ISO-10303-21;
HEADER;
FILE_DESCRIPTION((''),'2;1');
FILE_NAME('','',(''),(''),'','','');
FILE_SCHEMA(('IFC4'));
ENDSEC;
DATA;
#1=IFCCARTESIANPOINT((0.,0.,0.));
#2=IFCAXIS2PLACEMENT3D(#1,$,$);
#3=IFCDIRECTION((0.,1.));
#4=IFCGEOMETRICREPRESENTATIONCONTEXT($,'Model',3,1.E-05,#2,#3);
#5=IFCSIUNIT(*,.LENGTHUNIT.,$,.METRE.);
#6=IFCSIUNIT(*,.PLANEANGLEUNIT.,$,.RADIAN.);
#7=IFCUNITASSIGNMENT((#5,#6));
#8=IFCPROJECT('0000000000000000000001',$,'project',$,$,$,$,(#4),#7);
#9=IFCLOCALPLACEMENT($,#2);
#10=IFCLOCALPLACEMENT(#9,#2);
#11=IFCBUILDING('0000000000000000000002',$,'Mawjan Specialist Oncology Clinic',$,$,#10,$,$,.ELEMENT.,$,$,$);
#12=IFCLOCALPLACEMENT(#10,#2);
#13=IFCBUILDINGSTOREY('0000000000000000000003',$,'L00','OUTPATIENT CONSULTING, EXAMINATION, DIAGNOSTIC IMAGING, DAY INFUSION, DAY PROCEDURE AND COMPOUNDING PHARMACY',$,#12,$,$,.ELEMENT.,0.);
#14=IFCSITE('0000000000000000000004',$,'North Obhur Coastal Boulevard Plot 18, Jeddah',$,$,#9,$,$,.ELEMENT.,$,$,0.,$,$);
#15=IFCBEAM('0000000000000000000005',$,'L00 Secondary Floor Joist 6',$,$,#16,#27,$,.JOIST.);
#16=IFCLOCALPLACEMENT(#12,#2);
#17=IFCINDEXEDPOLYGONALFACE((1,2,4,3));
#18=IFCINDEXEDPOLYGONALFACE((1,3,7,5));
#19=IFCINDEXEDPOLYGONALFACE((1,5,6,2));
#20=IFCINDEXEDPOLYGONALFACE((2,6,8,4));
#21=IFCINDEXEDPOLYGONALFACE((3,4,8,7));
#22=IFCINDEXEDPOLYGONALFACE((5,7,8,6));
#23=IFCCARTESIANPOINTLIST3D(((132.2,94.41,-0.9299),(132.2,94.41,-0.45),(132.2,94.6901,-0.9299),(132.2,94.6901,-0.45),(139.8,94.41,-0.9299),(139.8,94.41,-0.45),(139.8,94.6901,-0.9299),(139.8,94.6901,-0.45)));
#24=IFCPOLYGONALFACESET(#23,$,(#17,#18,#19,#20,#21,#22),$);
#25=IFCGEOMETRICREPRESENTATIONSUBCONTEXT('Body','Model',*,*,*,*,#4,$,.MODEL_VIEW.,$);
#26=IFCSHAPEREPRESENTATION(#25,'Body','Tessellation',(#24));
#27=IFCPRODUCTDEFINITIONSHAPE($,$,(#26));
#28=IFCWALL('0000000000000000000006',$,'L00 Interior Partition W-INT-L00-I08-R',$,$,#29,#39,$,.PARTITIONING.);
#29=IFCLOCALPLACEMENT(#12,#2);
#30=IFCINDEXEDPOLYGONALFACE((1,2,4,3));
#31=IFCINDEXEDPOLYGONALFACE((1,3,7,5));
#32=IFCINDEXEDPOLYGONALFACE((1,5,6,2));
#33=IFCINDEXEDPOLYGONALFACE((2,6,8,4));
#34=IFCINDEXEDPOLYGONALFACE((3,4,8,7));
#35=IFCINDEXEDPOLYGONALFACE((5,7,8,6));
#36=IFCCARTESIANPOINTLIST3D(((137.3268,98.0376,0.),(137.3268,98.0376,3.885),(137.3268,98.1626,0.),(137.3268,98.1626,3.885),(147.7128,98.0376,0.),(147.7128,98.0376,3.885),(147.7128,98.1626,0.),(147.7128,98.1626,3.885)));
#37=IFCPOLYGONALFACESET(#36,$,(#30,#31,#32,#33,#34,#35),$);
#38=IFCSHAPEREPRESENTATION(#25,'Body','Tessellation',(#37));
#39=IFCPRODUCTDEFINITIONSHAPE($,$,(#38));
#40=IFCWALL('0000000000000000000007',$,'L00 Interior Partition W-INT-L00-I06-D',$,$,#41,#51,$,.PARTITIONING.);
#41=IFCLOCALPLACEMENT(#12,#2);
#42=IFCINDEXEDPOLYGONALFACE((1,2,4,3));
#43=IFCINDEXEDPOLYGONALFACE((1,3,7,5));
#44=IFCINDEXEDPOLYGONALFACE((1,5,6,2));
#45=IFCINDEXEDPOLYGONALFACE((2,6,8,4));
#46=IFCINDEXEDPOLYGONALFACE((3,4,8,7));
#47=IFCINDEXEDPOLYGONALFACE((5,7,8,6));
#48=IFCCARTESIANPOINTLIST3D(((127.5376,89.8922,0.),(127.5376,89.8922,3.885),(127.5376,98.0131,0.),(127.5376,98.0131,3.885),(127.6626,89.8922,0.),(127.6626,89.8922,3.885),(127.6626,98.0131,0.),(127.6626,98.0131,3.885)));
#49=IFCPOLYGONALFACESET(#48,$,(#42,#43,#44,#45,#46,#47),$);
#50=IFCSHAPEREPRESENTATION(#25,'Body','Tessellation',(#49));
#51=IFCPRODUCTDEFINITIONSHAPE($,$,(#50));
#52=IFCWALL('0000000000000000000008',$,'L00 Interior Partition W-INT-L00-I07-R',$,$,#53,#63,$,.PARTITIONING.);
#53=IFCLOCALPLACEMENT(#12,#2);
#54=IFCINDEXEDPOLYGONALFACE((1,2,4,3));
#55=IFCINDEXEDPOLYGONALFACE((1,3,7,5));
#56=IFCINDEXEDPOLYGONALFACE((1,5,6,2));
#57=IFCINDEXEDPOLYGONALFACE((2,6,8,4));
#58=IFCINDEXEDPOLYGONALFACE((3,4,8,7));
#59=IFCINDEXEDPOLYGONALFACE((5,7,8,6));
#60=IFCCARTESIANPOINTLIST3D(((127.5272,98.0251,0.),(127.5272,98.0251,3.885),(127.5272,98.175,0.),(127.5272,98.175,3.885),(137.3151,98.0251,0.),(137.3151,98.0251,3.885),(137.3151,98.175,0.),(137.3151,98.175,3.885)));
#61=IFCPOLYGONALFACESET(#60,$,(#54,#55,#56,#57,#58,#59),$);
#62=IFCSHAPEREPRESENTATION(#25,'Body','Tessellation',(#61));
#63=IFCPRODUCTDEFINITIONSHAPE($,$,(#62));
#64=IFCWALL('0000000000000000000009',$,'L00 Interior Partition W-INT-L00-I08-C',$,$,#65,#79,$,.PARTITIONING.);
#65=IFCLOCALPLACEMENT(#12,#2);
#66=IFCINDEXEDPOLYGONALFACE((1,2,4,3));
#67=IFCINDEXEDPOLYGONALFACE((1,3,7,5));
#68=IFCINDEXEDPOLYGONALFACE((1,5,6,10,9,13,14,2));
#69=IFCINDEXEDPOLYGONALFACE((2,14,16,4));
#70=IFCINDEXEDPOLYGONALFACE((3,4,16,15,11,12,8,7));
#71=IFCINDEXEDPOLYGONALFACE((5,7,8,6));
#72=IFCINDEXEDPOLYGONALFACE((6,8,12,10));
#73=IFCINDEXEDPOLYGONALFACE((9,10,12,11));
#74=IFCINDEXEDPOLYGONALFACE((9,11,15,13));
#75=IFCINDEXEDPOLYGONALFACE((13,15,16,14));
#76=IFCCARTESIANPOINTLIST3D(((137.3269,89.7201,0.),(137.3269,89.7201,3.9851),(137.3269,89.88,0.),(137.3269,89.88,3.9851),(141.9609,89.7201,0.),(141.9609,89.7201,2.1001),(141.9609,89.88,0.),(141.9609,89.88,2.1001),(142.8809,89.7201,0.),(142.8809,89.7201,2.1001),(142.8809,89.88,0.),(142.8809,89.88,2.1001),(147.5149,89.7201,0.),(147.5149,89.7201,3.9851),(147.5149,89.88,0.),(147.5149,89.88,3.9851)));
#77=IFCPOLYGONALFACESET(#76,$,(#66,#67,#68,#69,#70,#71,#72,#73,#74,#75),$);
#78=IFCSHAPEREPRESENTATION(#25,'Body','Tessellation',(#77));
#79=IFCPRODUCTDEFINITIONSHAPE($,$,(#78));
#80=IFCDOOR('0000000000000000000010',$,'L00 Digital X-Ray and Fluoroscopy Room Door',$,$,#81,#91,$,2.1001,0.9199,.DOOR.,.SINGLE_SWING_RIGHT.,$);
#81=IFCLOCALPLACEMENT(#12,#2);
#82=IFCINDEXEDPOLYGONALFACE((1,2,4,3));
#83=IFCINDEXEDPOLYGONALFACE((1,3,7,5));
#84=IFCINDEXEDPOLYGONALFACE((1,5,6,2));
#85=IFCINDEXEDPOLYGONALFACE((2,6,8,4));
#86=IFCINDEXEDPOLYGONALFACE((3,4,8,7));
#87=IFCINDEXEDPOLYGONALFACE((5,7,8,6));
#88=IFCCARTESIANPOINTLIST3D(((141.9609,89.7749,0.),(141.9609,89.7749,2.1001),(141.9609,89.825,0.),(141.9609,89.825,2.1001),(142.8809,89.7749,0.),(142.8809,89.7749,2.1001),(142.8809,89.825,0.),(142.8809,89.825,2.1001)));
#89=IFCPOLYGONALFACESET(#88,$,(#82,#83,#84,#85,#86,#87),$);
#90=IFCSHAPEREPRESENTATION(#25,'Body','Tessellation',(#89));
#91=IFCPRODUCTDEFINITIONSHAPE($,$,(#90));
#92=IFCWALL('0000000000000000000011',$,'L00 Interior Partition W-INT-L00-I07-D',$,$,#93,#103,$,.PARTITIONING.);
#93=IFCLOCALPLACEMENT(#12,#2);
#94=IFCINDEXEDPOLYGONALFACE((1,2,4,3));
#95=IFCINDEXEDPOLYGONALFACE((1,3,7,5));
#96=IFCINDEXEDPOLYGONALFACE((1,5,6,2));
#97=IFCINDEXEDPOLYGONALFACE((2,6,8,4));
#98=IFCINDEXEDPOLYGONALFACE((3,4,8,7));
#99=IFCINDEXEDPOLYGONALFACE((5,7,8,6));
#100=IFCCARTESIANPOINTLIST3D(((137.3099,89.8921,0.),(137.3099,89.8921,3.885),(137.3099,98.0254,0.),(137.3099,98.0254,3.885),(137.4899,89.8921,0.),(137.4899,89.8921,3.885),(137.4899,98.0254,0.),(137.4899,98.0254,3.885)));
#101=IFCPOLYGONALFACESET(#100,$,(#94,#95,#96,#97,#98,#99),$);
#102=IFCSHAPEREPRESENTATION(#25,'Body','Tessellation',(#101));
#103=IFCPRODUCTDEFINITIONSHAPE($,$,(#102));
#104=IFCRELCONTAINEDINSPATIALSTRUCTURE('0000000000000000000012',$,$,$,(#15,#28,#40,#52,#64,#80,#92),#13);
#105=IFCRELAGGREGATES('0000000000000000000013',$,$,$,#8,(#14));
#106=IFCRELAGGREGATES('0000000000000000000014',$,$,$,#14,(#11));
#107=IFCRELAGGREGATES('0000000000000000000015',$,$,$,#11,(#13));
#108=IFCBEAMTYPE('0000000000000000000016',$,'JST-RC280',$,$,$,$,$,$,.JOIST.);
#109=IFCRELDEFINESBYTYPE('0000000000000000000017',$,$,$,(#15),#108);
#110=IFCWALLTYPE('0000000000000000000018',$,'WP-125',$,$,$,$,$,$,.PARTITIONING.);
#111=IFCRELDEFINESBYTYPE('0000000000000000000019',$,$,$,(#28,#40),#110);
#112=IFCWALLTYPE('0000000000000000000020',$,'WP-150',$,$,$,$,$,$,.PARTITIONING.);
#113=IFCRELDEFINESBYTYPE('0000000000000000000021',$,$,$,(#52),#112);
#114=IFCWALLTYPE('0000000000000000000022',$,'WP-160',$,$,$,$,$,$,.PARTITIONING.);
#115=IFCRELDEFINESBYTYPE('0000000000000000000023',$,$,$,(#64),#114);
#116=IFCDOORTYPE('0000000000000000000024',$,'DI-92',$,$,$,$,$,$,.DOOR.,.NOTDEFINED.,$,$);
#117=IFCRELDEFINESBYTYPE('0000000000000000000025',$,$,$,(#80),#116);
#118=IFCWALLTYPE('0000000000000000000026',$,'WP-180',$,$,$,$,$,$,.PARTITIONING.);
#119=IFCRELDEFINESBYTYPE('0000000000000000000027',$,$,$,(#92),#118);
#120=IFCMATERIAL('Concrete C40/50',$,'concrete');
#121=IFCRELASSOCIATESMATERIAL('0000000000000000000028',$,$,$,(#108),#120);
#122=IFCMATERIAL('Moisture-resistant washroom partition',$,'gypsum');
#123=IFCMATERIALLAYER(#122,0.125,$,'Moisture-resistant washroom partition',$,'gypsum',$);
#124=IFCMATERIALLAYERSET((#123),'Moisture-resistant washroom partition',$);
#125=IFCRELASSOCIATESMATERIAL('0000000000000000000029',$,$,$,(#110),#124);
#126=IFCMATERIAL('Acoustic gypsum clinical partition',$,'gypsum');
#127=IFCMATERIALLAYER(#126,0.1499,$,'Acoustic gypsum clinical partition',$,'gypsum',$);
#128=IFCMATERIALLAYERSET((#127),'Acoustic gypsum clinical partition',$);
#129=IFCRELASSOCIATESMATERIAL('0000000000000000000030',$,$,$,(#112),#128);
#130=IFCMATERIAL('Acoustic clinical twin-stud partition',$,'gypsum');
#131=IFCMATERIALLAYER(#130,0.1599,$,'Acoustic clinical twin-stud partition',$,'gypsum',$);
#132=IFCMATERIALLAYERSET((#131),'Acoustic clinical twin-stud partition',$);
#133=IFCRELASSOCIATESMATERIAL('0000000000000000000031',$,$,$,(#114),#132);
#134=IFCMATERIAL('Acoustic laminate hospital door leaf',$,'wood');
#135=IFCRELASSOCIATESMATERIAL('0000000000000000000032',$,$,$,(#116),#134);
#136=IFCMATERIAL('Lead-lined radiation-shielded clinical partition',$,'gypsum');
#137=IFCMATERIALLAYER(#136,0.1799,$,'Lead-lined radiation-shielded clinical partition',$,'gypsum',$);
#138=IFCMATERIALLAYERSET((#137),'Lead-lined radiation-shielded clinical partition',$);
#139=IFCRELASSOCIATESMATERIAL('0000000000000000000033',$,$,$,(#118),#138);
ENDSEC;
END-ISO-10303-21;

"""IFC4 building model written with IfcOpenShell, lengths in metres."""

from ifc_helpers import new_model, si_unit, direction, frame, frame_2d, origin, origin_2d, place, context, subcontext, project, spatial, rectangle, extrude, material, layer, layer_set, material_profile, profile_set, type_object, element, fill, save


model = new_model("IFC4")

# Units and contexts
model_context = context("Model", 3, precision=1e-05, world=origin(), true_north=direction((0.0, 1.0)))
body_context = subcontext(model_context, "Body", "Model", "MODEL_VIEW")
ifc_project = project(units=[si_unit("LENGTHUNIT", "METRE"), si_unit("PLANEANGLEUNIT", "RADIAN")], contexts=[model_context])

# Site, building, storey
site_placement = place(None, origin())
site = spatial("IfcSite", under=ifc_project, at=site_placement, Name="North Obhur Coastal Boulevard Plot 18, Jeddah", CompositionType="ELEMENT", RefElevation=0.0)
building_placement = place(site_placement, origin())
building = spatial("IfcBuilding", under=site, at=building_placement, Name="Mawjan Specialist Oncology Clinic", CompositionType="ELEMENT")
storey_placement = place(building_placement, origin())
storey = spatial("IfcBuildingStorey", under=building, at=storey_placement, Name="L00", Description="OUTPATIENT CONSULTING, EXAMINATION, DIAGNOSTIC IMAGING, DAY INFUSION, DAY PROCEDURE AND COMPOUNDING PHARMACY", CompositionType="ELEMENT", Elevation=0.0)

# Beam
ifc_material_1 = material(Name="Concrete C40/50", Category="concrete")
ifc_material_profile_1 = material_profile(ifc_material_1, rectangle(XDim=0.28, YDim=0.48, at=origin_2d()), Name="RC JOIST 280x480", Category="concrete")
ifc_profile_set_1 = profile_set([ifc_material_profile_1], Name="Concrete C40/50")
beam_type_1 = type_object("IfcBeamType", Name="JST-RC280", PredefinedType="JOIST", material=ifc_profile_set_1)
beam_placement = place(storey_placement, frame((132.2, 94.55, -0.6899), z_axis=(1.0, 0.0, 0.0), x_axis=(0.0, 1.0, 0.0)))
element("IfcBeam", 1, at=beam_placement, inside=storey, type_object=beam_type_1, Name="L00 Secondary Floor Joist 6", PredefinedType="JOIST", context=body_context, shape_type="SweptSolid", body=[
    extrude(rectangle(XDim=0.28, YDim=0.48, at=origin_2d()), origin(), (0.0, 0.0, 1.0), 7.6001),
])

# Walls
ifc_material_2 = material(Name="Moisture-resistant washroom partition", Category="gypsum")
ifc_layer_1 = layer(ifc_material_2, 0.125, Name="Moisture-resistant washroom partition", Category="gypsum")
ifc_layer_set_1 = layer_set([ifc_layer_1], Name="Moisture-resistant washroom partition")
wall_type_1 = type_object("IfcWallType", Name="WP-125", PredefinedType="PARTITIONING", material=ifc_layer_set_1)
wall_1_placement = place(storey_placement, frame((137.3269, 98.1001, 0.0), z_axis=(0.0, 0.0, 1.0), x_axis=(1.0, 0.0, 0.0)))
element("IfcWall", 2, at=wall_1_placement, inside=storey, type_object=wall_type_1, Name="L00 Interior Partition W-INT-L00-I08-R", PredefinedType="PARTITIONING", context=body_context, shape_type="SweptSolid", body=[
    extrude(rectangle(XDim=10.386, YDim=0.125, at=frame_2d((5.1929, 0.0))), origin(), (0.0, 0.0, 1.0), 3.885),
])
wall_2_placement = place(storey_placement, frame((127.6001, 89.8921, 0.0), z_axis=(0.0, 0.0, 1.0), x_axis=(0.0, 1.0, 0.0)))
element("IfcWall", 3, at=wall_2_placement, inside=storey, type_object=wall_type_1, Name="L00 Interior Partition W-INT-L00-I06-D", PredefinedType="PARTITIONING", context=body_context, shape_type="SweptSolid", body=[
    extrude(rectangle(XDim=8.1208, YDim=0.125, at=frame_2d((4.0605, 0.0))), origin(), (0.0, 0.0, 1.0), 3.885),
])
ifc_material_3 = material(Name="Acoustic gypsum clinical partition", Category="gypsum")
ifc_layer_2 = layer(ifc_material_3, 0.1499, Name="Acoustic gypsum clinical partition", Category="gypsum")
ifc_layer_set_2 = layer_set([ifc_layer_2], Name="Acoustic gypsum clinical partition")
wall_type_2 = type_object("IfcWallType", Name="WP-150", PredefinedType="PARTITIONING", material=ifc_layer_set_2)
wall_3_placement = place(storey_placement, frame((127.5271, 98.1001, 0.0), z_axis=(0.0, 0.0, 1.0), x_axis=(1.0, 0.0, 0.0)))
element("IfcWall", 4, at=wall_3_placement, inside=storey, type_object=wall_type_2, Name="L00 Interior Partition W-INT-L00-I07-R", PredefinedType="PARTITIONING", context=body_context, shape_type="SweptSolid", body=[
    extrude(rectangle(XDim=9.7878, YDim=0.1499, at=frame_2d((4.894, 0.0))), origin(), (0.0, 0.0, 1.0), 3.885),
])

# Wall, opening, door
ifc_material_4 = material(Name="Acoustic clinical twin-stud partition", Category="gypsum")
ifc_layer_3 = layer(ifc_material_4, 0.1599, Name="Acoustic clinical twin-stud partition", Category="gypsum")
ifc_layer_set_3 = layer_set([ifc_layer_3], Name="Acoustic clinical twin-stud partition")
wall_type_3 = type_object("IfcWallType", Name="WP-160", PredefinedType="PARTITIONING", material=ifc_layer_set_3)
wall_4_placement = place(storey_placement, frame((137.3269, 89.8, 0.0), z_axis=(0.0, 0.0, 1.0), x_axis=(1.0, 0.0, 0.0)))
wall_4 = element("IfcWall", 5, at=wall_4_placement, inside=storey, type_object=wall_type_3, Name="L00 Interior Partition W-INT-L00-I08-C", PredefinedType="PARTITIONING", context=body_context, shape_type="SweptSolid", body=[
    extrude(rectangle(XDim=10.188, YDim=0.1599, at=frame_2d((5.094, 0.0))), origin(), (0.0, 0.0, 1.0), 3.9851),
])
opening_placement = place(wall_4_placement, frame((4.634, 0.0, 0.0)))
opening = element("IfcOpeningElement", 6, at=opening_placement, cuts=wall_4, PredefinedType="OPENING", context=body_context, shape_type="SweptSolid", body=[
    extrude(rectangle(XDim=0.9199, YDim=2.1001, at=frame_2d((0.46, 1.05))), frame((0.0, 0.092, 0.0), z_axis=(0.0, -1.0, 0.0), x_axis=(1.0, 0.0, 0.0)), (0.0, 0.0, 1.0), 0.1838),
])
ifc_material_5 = material(Name="Acoustic laminate hospital door leaf", Category="wood")
door_type = type_object("IfcDoorType", Name="DI-92", OperationType="NOTDEFINED", PredefinedType="DOOR", material=ifc_material_5)
door_placement = place(opening_placement, origin())
door = element("IfcDoor", 7, at=door_placement, inside=storey, type_object=door_type, Name="L00 Digital X-Ray and Fluoroscopy Room Door", OperationType="SINGLE_SWING_RIGHT", OverallHeight=2.1001, OverallWidth=0.9199, PredefinedType="DOOR", context=body_context, shape_type="SweptSolid", body=[
    extrude(rectangle(XDim=0.9199, YDim=2.1001, at=frame_2d((0.46, 1.05))), frame((0.0, 0.0249, 0.0), z_axis=(0.0, -1.0, 0.0), x_axis=(1.0, 0.0, 0.0)), (0.0, 0.0, 1.0), 0.05),
])
fill(opening, door)

# Wall
ifc_material_6 = material(Name="Lead-lined radiation-shielded clinical partition", Category="gypsum")
ifc_layer_4 = layer(ifc_material_6, 0.1799, Name="Lead-lined radiation-shielded clinical partition", Category="gypsum")
ifc_layer_set_4 = layer_set([ifc_layer_4], Name="Lead-lined radiation-shielded clinical partition")
wall_type_4 = type_object("IfcWallType", Name="WP-180", PredefinedType="PARTITIONING", material=ifc_layer_set_4)
wall_5_placement = place(storey_placement, frame((137.3999, 89.8921, 0.0), z_axis=(0.0, 0.0, 1.0), x_axis=(0.0, 1.0, 0.0)))
element("IfcWall", 8, at=wall_5_placement, inside=storey, type_object=wall_type_4, Name="L00 Interior Partition W-INT-L00-I07-D", PredefinedType="PARTITIONING", context=body_context, shape_type="SweptSolid", body=[
    extrude(rectangle(XDim=8.1333, YDim=0.1799, at=frame_2d((4.0667, 0.0))), origin(), (0.0, 0.0, 1.0), 3.885),
])

save(model, "model.ifc")
